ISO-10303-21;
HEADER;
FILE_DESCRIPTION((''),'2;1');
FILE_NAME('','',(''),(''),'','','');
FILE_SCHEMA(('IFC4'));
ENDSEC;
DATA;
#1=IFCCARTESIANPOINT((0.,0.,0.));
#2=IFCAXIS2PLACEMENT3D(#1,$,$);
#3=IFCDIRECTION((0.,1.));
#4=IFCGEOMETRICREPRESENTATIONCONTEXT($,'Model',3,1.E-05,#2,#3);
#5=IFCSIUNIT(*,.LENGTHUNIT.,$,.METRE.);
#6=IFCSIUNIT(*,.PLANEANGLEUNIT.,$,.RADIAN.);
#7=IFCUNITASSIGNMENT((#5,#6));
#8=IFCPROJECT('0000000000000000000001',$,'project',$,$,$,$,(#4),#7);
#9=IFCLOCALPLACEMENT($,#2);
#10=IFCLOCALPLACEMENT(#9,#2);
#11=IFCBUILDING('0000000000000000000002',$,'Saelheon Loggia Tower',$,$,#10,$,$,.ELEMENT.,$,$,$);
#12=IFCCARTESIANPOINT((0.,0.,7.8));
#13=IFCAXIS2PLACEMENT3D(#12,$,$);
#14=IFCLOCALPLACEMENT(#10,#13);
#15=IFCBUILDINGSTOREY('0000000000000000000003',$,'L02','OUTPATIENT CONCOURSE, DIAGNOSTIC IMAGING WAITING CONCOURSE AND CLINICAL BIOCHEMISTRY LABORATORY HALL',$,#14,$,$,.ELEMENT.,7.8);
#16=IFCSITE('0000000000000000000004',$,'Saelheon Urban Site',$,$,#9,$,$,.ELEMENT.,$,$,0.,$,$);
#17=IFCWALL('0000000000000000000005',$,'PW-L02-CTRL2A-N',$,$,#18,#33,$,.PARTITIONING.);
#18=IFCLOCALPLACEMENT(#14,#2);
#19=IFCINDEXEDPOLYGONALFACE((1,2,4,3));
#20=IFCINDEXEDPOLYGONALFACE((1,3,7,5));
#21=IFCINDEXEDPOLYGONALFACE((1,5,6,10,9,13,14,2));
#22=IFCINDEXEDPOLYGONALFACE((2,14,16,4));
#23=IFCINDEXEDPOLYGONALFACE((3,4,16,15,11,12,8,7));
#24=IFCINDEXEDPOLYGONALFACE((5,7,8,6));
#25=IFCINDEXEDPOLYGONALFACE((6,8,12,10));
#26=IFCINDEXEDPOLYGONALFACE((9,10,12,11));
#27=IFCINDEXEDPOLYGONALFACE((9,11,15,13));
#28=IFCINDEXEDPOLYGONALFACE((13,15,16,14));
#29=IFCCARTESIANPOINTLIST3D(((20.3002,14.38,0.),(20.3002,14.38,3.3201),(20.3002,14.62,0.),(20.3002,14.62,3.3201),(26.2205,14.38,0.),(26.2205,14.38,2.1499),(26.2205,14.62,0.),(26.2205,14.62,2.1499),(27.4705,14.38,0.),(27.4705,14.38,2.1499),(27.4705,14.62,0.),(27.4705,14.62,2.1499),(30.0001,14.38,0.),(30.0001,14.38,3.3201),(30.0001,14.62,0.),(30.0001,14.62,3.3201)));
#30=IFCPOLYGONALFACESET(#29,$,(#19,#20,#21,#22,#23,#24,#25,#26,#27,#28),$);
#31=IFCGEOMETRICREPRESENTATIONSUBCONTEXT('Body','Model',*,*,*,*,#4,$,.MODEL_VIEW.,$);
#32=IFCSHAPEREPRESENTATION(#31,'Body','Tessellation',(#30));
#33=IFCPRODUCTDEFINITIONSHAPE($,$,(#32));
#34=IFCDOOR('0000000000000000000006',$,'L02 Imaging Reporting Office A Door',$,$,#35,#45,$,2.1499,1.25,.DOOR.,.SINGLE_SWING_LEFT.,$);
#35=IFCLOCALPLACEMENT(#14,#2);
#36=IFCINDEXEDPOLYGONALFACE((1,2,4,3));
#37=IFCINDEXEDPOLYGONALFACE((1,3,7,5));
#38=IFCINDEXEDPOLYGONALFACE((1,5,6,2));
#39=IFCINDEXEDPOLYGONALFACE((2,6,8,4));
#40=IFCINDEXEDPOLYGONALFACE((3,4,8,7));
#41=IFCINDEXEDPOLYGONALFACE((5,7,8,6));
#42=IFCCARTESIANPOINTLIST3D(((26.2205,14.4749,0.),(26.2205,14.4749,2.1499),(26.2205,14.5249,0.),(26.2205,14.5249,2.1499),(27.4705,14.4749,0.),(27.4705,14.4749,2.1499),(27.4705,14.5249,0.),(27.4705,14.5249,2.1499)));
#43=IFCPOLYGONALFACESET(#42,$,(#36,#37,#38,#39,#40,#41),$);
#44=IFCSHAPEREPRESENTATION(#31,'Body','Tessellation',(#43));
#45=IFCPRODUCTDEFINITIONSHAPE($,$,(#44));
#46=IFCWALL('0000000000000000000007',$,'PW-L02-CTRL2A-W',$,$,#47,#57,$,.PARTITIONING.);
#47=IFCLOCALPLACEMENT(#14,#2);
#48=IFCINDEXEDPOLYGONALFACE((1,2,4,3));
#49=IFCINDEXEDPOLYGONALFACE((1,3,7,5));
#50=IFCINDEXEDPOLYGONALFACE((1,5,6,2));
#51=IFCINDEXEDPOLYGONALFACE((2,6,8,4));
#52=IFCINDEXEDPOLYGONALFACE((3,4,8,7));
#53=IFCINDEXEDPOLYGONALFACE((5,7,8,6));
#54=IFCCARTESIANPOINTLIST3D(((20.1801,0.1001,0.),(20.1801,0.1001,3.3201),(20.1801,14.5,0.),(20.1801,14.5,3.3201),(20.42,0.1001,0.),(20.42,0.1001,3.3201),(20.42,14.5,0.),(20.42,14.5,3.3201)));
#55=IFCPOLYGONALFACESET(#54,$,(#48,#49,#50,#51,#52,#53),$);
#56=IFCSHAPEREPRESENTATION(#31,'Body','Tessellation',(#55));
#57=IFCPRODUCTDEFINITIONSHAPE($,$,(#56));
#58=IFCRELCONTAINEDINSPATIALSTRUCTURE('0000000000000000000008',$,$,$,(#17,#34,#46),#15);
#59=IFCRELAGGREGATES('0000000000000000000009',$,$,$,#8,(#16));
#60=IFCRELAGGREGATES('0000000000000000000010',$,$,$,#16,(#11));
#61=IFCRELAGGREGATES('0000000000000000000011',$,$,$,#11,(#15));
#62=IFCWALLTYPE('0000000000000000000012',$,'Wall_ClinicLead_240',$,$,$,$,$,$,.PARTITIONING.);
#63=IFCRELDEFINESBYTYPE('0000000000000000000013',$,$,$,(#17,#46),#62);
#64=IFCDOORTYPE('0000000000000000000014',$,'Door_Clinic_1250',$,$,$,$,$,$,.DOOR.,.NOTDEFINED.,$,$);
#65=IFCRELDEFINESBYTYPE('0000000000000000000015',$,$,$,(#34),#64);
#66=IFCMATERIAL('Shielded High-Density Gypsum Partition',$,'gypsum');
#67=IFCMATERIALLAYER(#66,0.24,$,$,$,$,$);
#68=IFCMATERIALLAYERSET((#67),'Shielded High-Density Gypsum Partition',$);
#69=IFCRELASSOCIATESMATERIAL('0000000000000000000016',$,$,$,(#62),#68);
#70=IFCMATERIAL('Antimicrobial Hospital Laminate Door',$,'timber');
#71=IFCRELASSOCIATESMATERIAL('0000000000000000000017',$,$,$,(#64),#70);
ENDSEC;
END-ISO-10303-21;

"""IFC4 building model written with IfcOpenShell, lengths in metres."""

from ifc_helpers import new_model, si_unit, direction, frame, frame_2d, origin, place, context, subcontext, project, spatial, rectangle, extrude, source, transform, mapped, material, layer, layer_set, type_object, element, fill, save


model = new_model("IFC4")

# Units and contexts
model_context = context("Model", 3, precision=1e-05, world=origin(), true_north=direction((0.0, 1.0)))
body_context = subcontext(model_context, "Body", "Model", "MODEL_VIEW")
ifc_project = project(units=[si_unit("LENGTHUNIT", "METRE"), si_unit("PLANEANGLEUNIT", "RADIAN")], contexts=[model_context])

# Site, building, storey
site_placement = place(None, origin())
site = spatial("IfcSite", under=ifc_project, at=site_placement, Name="Saelheon Urban Site", CompositionType="ELEMENT", RefElevation=0.0)
building_placement = place(site_placement, origin())
building = spatial("IfcBuilding", under=site, at=building_placement, Name="Saelheon Loggia Tower", CompositionType="ELEMENT")
storey_placement = place(building_placement, frame((0.0, 0.0, 7.8)))
storey = spatial("IfcBuildingStorey", under=building, at=storey_placement, Name="L02", Description="OUTPATIENT CONCOURSE, DIAGNOSTIC IMAGING WAITING CONCOURSE AND CLINICAL BIOCHEMISTRY LABORATORY HALL", CompositionType="ELEMENT", Elevation=7.8)

# Shared definitions
ifc_material_1 = material(Name="Shielded High-Density Gypsum Partition", Category="gypsum")
ifc_layer_1 = layer(ifc_material_1, 0.24)
ifc_layer_set_1 = layer_set([ifc_layer_1], Name="Shielded High-Density Gypsum Partition")
wall_type = type_object("IfcWallType", Name="Wall_ClinicLead_240", PredefinedType="PARTITIONING", material=ifc_layer_set_1)

# Wall, opening, door
wall_1_placement = place(storey_placement, frame((20.3, 14.5, 0.0), z_axis=(0.0, 0.0, 1.0), x_axis=(1.0, 0.0, 0.0)))
wall_1 = element("IfcWall", 1, at=wall_1_placement, inside=storey, type_object=wall_type, Name="PW-L02-CTRL2A-N", PredefinedType="PARTITIONING", context=body_context, shape_type="SweptSolid", body=[
    extrude(rectangle(XDim=9.7, YDim=0.24, at=frame_2d((4.8501, 0.0))), origin(), (0.0, 0.0, 1.0), 3.3201),
])
opening_placement = place(wall_1_placement, frame((5.9204, 0.0, 0.0)))
opening = element("IfcOpeningElement", 2, at=opening_placement, cuts=wall_1, PredefinedType="OPENING", context=body_context, shape_type="SweptSolid", body=[
    extrude(rectangle(XDim=1.25, YDim=2.1499, at=frame_2d((0.625, 1.075))), frame((0.0, 0.1321, 0.0), z_axis=(0.0, -1.0, 0.0), x_axis=(1.0, 0.0, 0.0)), (0.0, 0.0, 1.0), 0.2639),
])
ifc_material_2 = material(Name="Antimicrobial Hospital Laminate Door", Category="timber")
door_type = type_object("IfcDoorType", Name="Door_Clinic_1250", OperationType="NOTDEFINED", PredefinedType="DOOR", material=ifc_material_2)
shared_shape_1 = source(origin(), body_context, "Body", "SweptSolid", [
    extrude(rectangle(XDim=1.25, YDim=2.1499, at=frame_2d((0.625, 1.075))), frame((0.0, 0.0249, 0.0), z_axis=(0.0, -1.0, 0.0), x_axis=(1.0, 0.0, 0.0)), (0.0, 0.0, 1.0), 0.05),
])
door_placement = place(opening_placement, origin())
door = element("IfcDoor", 3, at=door_placement, inside=storey, type_object=door_type, Name="L02 Imaging Reporting Office A Door", OperationType="SINGLE_SWING_LEFT", OverallHeight=2.1499, OverallWidth=1.25, PredefinedType="DOOR", context=body_context, shape_type="MappedRepresentation", body=[
    mapped(shared_shape_1, transform((0.0, 0.0, 0.0), scale=1.0)),
])
fill(opening, door)

# Wall
wall_2_placement = place(storey_placement, frame((20.3, 0.1001, 0.0), z_axis=(0.0, 0.0, 1.0), x_axis=(0.0, 1.0, 0.0)))
element("IfcWall", 4, at=wall_2_placement, inside=storey, type_object=wall_type, Name="PW-L02-CTRL2A-W", PredefinedType="PARTITIONING", context=body_context, shape_type="SweptSolid", body=[
    extrude(rectangle(XDim=14.3999, YDim=0.24, at=frame_2d((7.2, 0.0))), origin(), (0.0, 0.0, 1.0), 3.3201),
])

save(model, "model.ifc")
